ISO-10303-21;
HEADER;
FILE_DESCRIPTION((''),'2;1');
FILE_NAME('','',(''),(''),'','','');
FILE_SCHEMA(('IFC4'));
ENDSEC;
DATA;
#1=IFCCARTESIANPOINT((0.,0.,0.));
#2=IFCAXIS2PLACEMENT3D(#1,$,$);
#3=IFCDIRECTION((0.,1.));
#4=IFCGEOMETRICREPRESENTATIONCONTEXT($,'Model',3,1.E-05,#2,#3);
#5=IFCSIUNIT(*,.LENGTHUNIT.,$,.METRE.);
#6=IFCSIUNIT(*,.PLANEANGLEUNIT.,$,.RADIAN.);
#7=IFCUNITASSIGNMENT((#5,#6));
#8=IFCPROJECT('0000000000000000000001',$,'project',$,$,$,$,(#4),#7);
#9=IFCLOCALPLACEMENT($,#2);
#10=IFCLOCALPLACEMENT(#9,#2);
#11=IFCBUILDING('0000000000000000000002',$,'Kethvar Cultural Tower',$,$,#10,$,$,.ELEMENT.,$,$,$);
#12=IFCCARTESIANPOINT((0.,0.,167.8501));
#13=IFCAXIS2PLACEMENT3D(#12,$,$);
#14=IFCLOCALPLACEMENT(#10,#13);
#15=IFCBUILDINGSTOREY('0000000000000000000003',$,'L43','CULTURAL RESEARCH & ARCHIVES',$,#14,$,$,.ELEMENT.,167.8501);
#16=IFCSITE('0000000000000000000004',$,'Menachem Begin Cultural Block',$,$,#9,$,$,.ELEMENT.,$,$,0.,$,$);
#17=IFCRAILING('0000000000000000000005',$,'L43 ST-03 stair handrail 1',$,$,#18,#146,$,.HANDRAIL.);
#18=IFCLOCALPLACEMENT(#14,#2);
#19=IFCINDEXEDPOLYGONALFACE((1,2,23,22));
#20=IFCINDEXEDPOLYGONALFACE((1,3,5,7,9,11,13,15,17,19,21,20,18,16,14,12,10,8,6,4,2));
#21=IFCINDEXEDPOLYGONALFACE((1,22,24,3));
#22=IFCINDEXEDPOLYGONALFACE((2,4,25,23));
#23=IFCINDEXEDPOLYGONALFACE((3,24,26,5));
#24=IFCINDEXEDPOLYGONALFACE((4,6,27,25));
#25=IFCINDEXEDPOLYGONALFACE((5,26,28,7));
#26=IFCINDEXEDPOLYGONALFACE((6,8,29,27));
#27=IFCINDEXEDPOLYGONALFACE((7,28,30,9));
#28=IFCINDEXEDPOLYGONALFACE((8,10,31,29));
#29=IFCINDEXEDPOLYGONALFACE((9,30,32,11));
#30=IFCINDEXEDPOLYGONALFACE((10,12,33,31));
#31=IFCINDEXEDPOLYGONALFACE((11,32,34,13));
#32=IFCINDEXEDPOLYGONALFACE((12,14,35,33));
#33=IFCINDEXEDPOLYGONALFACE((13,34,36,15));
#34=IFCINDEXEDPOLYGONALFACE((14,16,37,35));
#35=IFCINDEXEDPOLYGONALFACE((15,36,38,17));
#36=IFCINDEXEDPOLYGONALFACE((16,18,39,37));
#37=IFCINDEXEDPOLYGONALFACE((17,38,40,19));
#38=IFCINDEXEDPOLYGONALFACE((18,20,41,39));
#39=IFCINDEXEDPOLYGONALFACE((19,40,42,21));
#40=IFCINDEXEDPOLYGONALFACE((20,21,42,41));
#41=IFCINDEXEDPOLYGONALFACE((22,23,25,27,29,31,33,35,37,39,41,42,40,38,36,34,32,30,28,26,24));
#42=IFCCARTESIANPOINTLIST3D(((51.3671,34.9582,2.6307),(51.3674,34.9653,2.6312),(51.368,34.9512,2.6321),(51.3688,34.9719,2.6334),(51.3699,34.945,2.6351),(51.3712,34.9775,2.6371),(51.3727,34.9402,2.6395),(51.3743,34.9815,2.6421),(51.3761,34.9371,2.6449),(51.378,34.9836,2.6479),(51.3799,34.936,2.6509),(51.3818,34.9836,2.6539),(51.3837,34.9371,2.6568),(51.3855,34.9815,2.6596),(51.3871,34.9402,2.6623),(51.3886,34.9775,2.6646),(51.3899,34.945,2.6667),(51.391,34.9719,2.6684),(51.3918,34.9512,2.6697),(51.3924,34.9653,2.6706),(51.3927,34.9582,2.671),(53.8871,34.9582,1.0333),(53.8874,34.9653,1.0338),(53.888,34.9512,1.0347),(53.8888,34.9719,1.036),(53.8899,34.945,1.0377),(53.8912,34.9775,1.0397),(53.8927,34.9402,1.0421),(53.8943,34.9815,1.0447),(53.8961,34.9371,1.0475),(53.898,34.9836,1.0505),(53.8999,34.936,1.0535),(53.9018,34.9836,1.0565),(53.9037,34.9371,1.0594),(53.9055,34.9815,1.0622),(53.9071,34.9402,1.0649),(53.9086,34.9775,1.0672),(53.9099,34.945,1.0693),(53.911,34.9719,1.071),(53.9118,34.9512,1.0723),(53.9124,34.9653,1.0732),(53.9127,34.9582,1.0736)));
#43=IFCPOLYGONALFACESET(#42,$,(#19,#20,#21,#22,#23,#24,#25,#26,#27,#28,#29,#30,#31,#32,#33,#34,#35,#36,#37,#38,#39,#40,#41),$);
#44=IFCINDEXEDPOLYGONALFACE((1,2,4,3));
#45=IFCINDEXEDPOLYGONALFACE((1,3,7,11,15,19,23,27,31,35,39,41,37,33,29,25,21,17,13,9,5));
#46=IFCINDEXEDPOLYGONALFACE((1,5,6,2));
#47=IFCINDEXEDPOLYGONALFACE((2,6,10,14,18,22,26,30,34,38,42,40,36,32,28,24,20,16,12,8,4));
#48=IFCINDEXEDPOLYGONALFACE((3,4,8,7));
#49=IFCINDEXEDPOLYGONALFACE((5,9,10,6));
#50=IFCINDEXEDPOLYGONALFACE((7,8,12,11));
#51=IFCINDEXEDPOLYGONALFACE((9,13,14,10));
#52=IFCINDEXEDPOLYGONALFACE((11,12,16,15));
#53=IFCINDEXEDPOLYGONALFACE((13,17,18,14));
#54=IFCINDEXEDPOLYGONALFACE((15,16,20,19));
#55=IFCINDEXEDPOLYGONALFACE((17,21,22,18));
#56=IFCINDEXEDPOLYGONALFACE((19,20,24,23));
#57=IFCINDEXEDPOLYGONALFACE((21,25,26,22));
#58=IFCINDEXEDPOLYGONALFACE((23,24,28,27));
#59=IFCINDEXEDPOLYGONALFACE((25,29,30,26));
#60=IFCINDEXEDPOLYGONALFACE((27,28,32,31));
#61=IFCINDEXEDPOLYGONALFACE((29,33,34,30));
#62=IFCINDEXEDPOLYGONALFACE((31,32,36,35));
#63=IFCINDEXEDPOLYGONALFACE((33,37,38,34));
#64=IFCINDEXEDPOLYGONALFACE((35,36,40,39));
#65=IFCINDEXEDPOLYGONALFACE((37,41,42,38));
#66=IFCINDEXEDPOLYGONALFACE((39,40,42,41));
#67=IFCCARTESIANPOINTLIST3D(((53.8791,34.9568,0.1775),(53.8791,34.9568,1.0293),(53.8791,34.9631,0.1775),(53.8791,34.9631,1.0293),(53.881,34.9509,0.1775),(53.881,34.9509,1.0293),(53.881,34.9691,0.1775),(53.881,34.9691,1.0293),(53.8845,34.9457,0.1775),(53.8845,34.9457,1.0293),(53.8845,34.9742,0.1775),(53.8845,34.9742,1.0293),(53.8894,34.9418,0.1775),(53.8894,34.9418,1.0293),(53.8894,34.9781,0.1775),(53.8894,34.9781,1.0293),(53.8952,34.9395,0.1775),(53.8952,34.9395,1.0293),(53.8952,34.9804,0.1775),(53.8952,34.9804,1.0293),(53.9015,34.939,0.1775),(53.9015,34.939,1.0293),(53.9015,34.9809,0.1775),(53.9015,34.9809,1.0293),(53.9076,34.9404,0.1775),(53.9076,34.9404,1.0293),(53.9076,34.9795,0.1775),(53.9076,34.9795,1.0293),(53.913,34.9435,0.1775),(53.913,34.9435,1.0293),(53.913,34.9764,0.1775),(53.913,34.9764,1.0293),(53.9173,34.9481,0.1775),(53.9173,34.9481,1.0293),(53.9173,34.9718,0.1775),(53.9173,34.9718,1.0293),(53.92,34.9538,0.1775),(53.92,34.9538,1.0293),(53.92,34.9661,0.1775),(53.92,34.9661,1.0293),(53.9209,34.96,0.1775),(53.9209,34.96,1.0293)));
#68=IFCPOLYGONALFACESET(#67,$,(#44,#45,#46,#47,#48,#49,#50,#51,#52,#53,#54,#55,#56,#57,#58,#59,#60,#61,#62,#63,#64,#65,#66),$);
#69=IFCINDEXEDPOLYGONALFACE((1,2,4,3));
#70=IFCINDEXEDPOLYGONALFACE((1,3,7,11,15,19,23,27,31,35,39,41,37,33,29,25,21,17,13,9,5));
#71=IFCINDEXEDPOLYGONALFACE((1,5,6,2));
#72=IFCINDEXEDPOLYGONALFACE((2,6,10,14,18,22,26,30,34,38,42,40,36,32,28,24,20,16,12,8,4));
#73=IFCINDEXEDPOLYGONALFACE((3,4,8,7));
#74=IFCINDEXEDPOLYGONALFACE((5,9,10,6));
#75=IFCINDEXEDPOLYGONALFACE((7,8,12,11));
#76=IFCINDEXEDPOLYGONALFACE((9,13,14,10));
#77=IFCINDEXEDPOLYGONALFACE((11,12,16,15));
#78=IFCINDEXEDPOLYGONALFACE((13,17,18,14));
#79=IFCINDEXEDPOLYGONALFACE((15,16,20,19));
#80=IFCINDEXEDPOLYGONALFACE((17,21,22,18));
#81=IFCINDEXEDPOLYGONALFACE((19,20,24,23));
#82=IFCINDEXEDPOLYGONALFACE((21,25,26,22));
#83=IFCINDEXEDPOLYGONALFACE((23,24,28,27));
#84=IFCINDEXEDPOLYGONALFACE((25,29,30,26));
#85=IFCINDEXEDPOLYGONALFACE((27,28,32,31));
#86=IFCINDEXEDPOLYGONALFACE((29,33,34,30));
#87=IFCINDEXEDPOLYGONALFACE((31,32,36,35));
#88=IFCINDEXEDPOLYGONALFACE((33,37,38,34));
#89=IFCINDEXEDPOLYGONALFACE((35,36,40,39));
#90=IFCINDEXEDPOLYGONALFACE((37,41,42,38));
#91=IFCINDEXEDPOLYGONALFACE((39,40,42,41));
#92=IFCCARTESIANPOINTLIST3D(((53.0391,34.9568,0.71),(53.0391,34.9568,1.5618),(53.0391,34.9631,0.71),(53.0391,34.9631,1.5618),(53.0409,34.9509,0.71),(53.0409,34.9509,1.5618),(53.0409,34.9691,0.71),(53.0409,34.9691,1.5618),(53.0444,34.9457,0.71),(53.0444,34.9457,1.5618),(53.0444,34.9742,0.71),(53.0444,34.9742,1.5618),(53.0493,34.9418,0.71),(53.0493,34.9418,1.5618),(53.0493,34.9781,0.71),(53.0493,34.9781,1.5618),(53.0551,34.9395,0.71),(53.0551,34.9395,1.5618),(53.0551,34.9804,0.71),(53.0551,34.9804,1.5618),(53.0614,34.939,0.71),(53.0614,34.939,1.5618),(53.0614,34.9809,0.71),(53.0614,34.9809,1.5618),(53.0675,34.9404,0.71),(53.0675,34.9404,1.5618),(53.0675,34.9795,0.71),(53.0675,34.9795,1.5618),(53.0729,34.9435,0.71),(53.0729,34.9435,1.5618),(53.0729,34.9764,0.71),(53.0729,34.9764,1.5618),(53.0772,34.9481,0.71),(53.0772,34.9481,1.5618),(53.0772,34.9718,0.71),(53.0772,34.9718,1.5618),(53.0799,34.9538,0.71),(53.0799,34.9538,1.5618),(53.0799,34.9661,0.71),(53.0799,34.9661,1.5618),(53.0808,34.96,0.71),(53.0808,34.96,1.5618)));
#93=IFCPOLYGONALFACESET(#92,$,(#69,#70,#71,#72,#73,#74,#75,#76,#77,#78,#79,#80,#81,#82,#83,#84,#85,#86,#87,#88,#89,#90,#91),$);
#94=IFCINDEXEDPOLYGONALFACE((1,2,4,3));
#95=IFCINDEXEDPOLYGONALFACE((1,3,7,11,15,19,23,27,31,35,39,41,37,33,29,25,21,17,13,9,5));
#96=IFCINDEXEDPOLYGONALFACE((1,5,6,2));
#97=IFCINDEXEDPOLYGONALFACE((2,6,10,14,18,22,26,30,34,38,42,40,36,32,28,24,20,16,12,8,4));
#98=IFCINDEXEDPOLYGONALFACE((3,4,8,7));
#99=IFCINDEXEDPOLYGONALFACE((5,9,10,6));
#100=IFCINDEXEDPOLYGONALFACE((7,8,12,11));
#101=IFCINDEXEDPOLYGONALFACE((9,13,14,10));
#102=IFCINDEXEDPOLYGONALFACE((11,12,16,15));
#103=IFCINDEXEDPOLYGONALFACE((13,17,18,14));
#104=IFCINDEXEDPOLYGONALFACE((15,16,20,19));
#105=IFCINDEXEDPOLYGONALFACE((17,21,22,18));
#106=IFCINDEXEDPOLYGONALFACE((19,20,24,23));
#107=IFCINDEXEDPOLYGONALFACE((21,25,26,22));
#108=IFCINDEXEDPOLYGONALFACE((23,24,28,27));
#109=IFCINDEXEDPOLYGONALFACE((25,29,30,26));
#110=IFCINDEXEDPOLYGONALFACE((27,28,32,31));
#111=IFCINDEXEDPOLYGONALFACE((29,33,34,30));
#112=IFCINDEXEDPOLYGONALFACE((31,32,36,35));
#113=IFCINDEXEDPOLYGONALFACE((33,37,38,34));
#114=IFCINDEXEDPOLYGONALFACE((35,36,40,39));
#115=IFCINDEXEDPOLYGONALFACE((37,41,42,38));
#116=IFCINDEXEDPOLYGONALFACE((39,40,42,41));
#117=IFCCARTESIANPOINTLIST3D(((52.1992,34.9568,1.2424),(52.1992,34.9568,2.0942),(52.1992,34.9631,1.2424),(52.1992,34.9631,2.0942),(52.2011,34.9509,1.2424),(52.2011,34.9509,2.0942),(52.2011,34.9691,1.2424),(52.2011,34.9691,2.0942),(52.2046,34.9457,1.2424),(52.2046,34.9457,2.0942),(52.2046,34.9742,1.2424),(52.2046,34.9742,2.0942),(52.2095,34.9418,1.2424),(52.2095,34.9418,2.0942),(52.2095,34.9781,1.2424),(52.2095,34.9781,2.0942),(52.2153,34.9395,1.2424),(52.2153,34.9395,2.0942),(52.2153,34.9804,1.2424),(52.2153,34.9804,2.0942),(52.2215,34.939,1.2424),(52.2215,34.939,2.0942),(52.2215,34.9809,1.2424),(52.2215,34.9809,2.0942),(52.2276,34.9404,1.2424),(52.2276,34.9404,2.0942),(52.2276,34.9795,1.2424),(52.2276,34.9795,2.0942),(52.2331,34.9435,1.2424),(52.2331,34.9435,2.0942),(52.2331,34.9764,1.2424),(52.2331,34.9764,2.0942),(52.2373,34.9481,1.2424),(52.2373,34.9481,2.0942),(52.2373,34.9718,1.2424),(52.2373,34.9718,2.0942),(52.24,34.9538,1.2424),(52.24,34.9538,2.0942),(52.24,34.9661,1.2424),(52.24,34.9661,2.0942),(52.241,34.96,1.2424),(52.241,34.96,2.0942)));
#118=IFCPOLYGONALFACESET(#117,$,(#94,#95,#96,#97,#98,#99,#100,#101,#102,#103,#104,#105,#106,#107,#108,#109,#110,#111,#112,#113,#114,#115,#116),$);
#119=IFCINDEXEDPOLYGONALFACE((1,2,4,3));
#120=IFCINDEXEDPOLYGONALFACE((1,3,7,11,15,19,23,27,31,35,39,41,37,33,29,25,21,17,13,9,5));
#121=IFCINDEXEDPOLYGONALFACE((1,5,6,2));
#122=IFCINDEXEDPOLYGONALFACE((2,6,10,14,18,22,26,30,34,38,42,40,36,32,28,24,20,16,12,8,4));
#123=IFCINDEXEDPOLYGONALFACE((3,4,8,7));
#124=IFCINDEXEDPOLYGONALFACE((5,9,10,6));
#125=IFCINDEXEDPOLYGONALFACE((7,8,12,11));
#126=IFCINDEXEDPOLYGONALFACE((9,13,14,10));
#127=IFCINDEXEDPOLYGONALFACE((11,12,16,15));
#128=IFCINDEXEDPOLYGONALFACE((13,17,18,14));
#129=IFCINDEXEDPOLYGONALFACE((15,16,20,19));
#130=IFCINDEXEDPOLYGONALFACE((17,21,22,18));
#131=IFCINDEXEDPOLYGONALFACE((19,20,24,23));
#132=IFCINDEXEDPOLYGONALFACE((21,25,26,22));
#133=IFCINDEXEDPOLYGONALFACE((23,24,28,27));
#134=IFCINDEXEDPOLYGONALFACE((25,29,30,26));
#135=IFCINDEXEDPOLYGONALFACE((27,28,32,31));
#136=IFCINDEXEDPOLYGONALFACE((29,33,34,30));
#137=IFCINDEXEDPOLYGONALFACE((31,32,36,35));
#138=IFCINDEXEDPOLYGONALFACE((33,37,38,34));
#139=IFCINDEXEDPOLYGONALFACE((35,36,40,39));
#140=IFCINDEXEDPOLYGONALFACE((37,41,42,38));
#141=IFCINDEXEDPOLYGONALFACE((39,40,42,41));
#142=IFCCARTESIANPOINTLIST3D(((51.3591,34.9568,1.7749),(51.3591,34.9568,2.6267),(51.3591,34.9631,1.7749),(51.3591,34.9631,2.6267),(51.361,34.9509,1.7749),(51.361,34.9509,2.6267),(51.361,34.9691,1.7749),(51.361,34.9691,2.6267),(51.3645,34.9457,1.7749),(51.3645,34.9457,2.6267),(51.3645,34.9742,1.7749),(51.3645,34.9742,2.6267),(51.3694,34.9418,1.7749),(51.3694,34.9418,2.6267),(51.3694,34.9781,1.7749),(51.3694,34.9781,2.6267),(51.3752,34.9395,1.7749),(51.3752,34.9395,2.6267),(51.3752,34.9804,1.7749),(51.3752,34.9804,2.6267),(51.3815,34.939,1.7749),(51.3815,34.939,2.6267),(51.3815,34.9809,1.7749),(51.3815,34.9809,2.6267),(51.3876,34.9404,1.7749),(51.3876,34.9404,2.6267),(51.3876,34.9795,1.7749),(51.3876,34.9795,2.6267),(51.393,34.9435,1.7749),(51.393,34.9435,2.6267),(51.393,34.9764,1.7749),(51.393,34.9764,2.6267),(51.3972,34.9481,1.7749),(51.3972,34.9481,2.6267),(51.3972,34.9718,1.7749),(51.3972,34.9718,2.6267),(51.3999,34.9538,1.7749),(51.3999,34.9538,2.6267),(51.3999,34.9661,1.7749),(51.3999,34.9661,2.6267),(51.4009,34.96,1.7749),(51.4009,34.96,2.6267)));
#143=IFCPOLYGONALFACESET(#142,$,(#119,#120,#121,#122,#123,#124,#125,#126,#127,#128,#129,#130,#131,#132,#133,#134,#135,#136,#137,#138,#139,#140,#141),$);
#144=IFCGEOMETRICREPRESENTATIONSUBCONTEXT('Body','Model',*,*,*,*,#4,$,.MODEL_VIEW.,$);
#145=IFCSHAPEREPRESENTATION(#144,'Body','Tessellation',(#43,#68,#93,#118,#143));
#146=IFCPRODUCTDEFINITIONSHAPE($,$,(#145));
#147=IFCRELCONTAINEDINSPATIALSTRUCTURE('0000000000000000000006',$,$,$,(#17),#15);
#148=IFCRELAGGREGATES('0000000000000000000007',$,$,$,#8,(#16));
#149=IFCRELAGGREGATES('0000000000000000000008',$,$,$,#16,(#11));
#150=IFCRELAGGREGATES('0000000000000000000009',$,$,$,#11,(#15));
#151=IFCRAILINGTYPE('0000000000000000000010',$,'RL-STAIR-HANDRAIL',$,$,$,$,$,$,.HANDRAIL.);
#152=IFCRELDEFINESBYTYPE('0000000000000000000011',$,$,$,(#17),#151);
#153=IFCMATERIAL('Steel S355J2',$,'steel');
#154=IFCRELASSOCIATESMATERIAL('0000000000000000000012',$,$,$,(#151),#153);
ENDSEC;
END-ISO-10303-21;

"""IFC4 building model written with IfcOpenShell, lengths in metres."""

from ifc_helpers import new_model, si_unit, direction, frame, origin, origin_2d, place, context, subcontext, project, spatial, circle, extrude, material, type_object, element, save


model = new_model("IFC4")

# Units and contexts
model_context = context("Model", 3, precision=1e-05, world=origin(), true_north=direction((0.0, 1.0)))
body_context = subcontext(model_context, "Body", "Model", "MODEL_VIEW")
ifc_project = project(units=[si_unit("LENGTHUNIT", "METRE"), si_unit("PLANEANGLEUNIT", "RADIAN")], contexts=[model_context])

# Site, building, storey
site_placement = place(None, origin())
site = spatial("IfcSite", under=ifc_project, at=site_placement, Name="Menachem Begin Cultural Block", CompositionType="ELEMENT", RefElevation=0.0)
building_placement = place(site_placement, origin())
building = spatial("IfcBuilding", under=site, at=building_placement, Name="Kethvar Cultural Tower", CompositionType="ELEMENT")
storey_placement = place(building_placement, frame((0.0, 0.0, 167.8501)))
storey = spatial("IfcBuildingStorey", under=building, at=storey_placement, Name="L43", Description="CULTURAL RESEARCH & ARCHIVES", CompositionType="ELEMENT", Elevation=167.8501)

# Shared definitions
ifc_material_1 = material(Name="Steel S355J2", Category="steel")

# Railing
railing_type_1 = type_object("IfcRailingType", Name="RL-STAIR-HANDRAIL", PredefinedType="HANDRAIL", material=ifc_material_1)
railing_1_placement = place(storey_placement, frame((53.8999, 34.96, 0.1775)))
element("IfcRailing", 1, at=railing_1_placement, inside=storey, type_object=railing_type_1, Name="L43 ST-03 stair handrail 1", PredefinedType="HANDRAIL", context=body_context, shape_type="SweptSolid", body=[
    extrude(circle(Radius=0.0239, at=origin_2d()), frame((0.0, 0.0, 0.876), z_axis=(-0.844607, 0.0, 0.535387), x_axis=(0.0, -1.0, 0.0)), (0.0, 0.0, 1.0), 2.9836),
    extrude(circle(Radius=0.021, at=origin_2d()), origin(), (0.0, 0.0, 1.0), 0.8518),
    extrude(circle(Radius=0.021, at=origin_2d()), frame((-0.8401, 0.0, 0.5325)), (0.0, 0.0, 1.0), 0.8518),
    extrude(circle(Radius=0.021, at=origin_2d()), frame((-1.6799, 0.0, 1.0649)), (0.0, 0.0, 1.0), 0.8518),
    extrude(circle(Radius=0.021, at=origin_2d()), frame((-2.52, 0.0, 1.5974)), (0.0, 0.0, 1.0), 0.8518),
])

save(model, "model.ifc")
